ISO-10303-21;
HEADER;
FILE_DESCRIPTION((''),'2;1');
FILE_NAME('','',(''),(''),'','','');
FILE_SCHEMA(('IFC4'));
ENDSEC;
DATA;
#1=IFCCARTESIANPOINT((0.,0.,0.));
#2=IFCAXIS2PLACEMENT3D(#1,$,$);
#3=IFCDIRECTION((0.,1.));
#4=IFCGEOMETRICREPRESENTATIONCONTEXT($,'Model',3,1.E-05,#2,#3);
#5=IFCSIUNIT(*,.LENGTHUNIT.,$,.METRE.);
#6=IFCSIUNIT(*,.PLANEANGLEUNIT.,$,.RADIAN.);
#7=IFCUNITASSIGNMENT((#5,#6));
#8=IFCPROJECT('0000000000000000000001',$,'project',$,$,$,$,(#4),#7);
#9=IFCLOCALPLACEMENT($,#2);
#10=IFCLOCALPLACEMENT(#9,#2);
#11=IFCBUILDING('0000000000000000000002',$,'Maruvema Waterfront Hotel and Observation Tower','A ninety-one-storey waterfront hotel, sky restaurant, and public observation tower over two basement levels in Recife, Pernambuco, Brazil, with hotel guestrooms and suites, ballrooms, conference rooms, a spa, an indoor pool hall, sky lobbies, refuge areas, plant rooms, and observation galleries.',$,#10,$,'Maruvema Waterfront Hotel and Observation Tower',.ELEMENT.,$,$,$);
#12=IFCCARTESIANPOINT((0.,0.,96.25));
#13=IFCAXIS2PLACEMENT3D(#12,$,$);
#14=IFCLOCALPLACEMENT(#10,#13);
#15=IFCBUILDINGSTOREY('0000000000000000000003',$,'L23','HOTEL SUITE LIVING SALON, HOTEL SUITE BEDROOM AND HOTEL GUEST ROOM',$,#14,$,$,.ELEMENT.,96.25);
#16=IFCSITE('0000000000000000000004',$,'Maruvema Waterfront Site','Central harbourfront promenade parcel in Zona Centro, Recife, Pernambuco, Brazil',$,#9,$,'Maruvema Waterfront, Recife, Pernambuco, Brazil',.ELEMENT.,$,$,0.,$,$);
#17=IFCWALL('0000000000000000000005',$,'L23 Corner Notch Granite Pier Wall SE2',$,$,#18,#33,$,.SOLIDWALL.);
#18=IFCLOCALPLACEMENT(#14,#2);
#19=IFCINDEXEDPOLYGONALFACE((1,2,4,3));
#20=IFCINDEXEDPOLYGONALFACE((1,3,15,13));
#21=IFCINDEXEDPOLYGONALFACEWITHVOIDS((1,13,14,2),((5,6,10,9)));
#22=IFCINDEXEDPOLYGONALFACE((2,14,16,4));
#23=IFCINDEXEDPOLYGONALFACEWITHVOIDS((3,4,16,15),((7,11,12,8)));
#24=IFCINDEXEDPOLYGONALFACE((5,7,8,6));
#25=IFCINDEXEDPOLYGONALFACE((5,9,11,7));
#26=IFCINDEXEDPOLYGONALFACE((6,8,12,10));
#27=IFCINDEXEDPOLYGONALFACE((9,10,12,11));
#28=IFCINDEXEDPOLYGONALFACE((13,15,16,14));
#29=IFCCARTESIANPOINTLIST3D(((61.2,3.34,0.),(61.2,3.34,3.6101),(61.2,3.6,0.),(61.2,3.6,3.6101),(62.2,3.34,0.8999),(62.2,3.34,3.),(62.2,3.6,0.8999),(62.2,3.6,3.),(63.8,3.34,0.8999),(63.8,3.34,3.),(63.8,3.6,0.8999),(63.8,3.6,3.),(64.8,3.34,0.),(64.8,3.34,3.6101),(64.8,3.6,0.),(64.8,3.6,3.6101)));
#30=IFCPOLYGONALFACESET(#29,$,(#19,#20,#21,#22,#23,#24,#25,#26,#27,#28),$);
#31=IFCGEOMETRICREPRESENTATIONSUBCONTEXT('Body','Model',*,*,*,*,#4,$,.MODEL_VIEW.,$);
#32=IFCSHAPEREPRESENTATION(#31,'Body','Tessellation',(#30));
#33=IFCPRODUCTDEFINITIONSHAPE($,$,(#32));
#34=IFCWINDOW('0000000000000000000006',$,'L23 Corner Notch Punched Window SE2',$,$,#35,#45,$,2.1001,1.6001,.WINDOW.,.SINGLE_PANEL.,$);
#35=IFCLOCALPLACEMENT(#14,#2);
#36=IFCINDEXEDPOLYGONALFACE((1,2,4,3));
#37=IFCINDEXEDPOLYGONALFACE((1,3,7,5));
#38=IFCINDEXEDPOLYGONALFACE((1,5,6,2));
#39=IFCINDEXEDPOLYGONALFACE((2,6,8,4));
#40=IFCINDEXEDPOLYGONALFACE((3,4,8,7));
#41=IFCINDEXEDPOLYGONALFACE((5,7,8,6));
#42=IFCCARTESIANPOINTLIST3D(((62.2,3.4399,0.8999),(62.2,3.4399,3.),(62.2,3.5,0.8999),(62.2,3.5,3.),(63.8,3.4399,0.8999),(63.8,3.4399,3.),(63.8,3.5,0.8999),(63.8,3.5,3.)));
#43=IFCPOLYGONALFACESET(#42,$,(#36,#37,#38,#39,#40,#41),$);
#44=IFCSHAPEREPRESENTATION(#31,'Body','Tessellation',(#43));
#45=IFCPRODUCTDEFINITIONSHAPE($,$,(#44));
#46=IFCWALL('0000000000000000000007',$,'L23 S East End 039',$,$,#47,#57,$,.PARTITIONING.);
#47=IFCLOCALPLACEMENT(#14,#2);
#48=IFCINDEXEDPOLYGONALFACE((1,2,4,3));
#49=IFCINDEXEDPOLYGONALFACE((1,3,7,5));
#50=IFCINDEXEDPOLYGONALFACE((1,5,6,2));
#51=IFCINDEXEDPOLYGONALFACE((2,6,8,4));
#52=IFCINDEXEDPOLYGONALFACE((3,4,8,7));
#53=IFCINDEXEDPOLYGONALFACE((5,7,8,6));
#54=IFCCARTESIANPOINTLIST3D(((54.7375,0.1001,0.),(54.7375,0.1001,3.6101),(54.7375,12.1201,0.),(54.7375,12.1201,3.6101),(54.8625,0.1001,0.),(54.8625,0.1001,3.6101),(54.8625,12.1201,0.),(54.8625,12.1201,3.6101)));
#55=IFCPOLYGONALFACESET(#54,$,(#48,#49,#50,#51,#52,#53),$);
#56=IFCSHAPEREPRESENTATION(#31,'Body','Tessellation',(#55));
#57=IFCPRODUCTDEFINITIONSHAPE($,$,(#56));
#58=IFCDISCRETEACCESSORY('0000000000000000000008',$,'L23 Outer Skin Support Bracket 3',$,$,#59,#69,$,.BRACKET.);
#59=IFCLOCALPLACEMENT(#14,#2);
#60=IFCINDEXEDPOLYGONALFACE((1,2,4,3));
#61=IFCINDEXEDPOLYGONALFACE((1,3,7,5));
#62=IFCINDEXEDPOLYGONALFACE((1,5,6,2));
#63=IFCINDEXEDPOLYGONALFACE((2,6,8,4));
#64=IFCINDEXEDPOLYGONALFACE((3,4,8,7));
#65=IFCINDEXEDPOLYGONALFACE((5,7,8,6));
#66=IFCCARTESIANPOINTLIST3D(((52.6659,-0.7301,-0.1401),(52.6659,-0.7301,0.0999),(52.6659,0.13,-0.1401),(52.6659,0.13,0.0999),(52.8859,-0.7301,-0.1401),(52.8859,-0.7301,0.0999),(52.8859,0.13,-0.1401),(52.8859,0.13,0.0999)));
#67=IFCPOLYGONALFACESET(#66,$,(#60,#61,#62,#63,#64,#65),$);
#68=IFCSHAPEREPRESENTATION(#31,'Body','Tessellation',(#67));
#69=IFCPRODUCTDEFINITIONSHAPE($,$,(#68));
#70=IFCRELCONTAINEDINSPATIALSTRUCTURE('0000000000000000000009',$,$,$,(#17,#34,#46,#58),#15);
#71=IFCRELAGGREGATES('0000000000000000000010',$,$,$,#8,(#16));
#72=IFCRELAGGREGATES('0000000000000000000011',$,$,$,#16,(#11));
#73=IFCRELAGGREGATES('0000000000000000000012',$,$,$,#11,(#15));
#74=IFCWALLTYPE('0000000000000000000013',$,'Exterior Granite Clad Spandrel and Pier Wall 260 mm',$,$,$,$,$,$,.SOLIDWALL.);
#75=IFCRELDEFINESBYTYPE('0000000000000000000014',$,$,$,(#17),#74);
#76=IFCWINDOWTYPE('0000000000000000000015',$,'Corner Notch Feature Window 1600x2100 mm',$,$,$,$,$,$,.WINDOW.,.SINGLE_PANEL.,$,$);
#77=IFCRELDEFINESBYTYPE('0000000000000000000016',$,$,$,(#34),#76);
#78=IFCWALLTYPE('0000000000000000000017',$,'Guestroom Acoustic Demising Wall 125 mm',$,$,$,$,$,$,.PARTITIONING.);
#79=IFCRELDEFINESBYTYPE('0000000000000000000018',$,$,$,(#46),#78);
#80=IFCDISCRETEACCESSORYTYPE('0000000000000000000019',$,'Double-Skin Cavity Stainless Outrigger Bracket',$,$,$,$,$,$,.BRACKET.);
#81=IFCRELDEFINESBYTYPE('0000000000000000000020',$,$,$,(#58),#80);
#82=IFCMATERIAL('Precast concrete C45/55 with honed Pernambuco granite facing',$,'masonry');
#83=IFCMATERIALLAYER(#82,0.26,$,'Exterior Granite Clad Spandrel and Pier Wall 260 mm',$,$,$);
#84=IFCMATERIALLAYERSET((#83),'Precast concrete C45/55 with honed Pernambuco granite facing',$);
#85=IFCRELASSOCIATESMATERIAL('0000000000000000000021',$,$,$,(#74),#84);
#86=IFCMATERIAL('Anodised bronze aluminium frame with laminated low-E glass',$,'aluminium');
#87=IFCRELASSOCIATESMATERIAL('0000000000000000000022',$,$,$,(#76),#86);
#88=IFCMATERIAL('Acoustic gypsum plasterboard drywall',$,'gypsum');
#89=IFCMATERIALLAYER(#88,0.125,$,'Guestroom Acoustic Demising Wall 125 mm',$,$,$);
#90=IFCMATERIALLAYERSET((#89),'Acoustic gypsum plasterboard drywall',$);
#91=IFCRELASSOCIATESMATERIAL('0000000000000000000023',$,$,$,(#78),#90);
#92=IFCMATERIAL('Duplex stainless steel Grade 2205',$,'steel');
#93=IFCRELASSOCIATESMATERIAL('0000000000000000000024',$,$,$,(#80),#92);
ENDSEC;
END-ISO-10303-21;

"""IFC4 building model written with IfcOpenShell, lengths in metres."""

from ifc_helpers import new_model, si_unit, direction, frame, frame_2d, origin, origin_2d, place, context, subcontext, project, spatial, rectangle, extrude, material, layer, layer_set, type_object, element, fill, save


model = new_model("IFC4")

# Units and contexts
model_context = context("Model", 3, precision=1e-05, world=origin(), true_north=direction((0.0, 1.0)))
body_context = subcontext(model_context, "Body", "Model", "MODEL_VIEW")
ifc_project = project(units=[si_unit("LENGTHUNIT", "METRE"), si_unit("PLANEANGLEUNIT", "RADIAN")], contexts=[model_context])

# Site, building, storey
site_placement = place(None, origin())
site = spatial("IfcSite", under=ifc_project, at=site_placement, Name="Maruvema Waterfront Site", Description="Central harbourfront promenade parcel in Zona Centro, Recife, Pernambuco, Brazil", LongName="Maruvema Waterfront, Recife, Pernambuco, Brazil", CompositionType="ELEMENT", RefElevation=0.0)
building_placement = place(site_placement, origin())
building = spatial("IfcBuilding", under=site, at=building_placement, Name="Maruvema Waterfront Hotel and Observation Tower", Description="A ninety-one-storey waterfront hotel, sky restaurant, and public observation tower over two basement levels in Recife, Pernambuco, Brazil, with hotel guestrooms and suites, ballrooms, conference rooms, a spa, an indoor pool hall, sky lobbies, refuge areas, plant rooms, and observation galleries.", LongName="Maruvema Waterfront Hotel and Observation Tower", CompositionType="ELEMENT")
storey_placement = place(building_placement, frame((0.0, 0.0, 96.25)))
storey = spatial("IfcBuildingStorey", under=building, at=storey_placement, Name="L23", Description="HOTEL SUITE LIVING SALON, HOTEL SUITE BEDROOM AND HOTEL GUEST ROOM", CompositionType="ELEMENT", Elevation=96.25)

# Shared definitions
ifc_material_1 = material(Name="Precast concrete C45/55 with honed Pernambuco granite facing", Category="masonry")
ifc_layer_1 = layer(ifc_material_1, 0.26, Name="Exterior Granite Clad Spandrel and Pier Wall 260 mm")
ifc_layer_set_1 = layer_set([ifc_layer_1], Name="Precast concrete C45/55 with honed Pernambuco granite facing")
wall_type_1 = type_object("IfcWallType", Name="Exterior Granite Clad Spandrel and Pier Wall 260 mm", PredefinedType="SOLIDWALL", material=ifc_layer_set_1)

# Wall, opening, window
wall_1_placement = place(storey_placement, frame((64.8, 3.47, 0.0), z_axis=(0.0, 0.0, 1.0), x_axis=(-1.0, 0.0, 0.0)))
wall_1 = element("IfcWall", 1, at=wall_1_placement, inside=storey, type_object=wall_type_1, Name="L23 Corner Notch Granite Pier Wall SE2", PredefinedType="SOLIDWALL", context=body_context, shape_type="SweptSolid", body=[
    extrude(rectangle(XDim=3.6001, YDim=0.26, at=frame_2d((1.8, 0.0))), origin(), (0.0, 0.0, 1.0), 3.6101),
])
opening_1_placement = place(wall_1_placement, frame((1.0, 0.0, 0.8999)))
opening_1 = element("IfcOpeningElement", 2, at=opening_1_placement, cuts=wall_1, PredefinedType="OPENING", context=body_context, shape_type="SweptSolid", body=[
    extrude(rectangle(XDim=1.6001, YDim=2.1001, at=frame_2d((0.8, 1.05))), frame((0.0, 0.1401, 0.0), z_axis=(0.0, -1.0, 0.0), x_axis=(1.0, 0.0, 0.0)), (0.0, 0.0, 1.0), 0.28),
])
ifc_material_2 = material(Name="Anodised bronze aluminium frame with laminated low-E glass", Category="aluminium")
window_type = type_object("IfcWindowType", Name="Corner Notch Feature Window 1600x2100 mm", PartitioningType="SINGLE_PANEL", PredefinedType="WINDOW", material=ifc_material_2)
window_placement = place(opening_1_placement, origin())
window = element("IfcWindow", 3, at=window_placement, inside=storey, type_object=window_type, Name="L23 Corner Notch Punched Window SE2", OverallHeight=2.1001, OverallWidth=1.6001, PartitioningType="SINGLE_PANEL", PredefinedType="WINDOW", context=body_context, shape_type="SweptSolid", body=[
    extrude(rectangle(XDim=1.6001, YDim=2.1001, at=frame_2d((0.8, 1.05))), frame((0.0, 0.03, 0.0), z_axis=(0.0, -1.0, 0.0), x_axis=(1.0, 0.0, 0.0)), (0.0, 0.0, 1.0), 0.0601),
])
fill(opening_1, window)

# Wall
ifc_material_3 = material(Name="Acoustic gypsum plasterboard drywall", Category="gypsum")
ifc_layer_2 = layer(ifc_material_3, 0.125, Name="Guestroom Acoustic Demising Wall 125 mm")
ifc_layer_set_2 = layer_set([ifc_layer_2], Name="Acoustic gypsum plasterboard drywall")
wall_type_2 = type_object("IfcWallType", Name="Guestroom Acoustic Demising Wall 125 mm", PredefinedType="PARTITIONING", material=ifc_layer_set_2)
wall_2_placement = place(storey_placement, frame((54.8, 0.1001, 0.0), z_axis=(0.0, 0.0, 1.0), x_axis=(0.0, 1.0, 0.0)))
element("IfcWall", 4, at=wall_2_placement, inside=storey, type_object=wall_type_2, Name="L23 S East End 039", PredefinedType="PARTITIONING", context=body_context, shape_type="SweptSolid", body=[
    extrude(rectangle(XDim=12.02, YDim=0.125, at=frame_2d((6.01, 0.0))), origin(), (0.0, 0.0, 1.0), 3.6101),
])

# Discrete accessory
ifc_material_4 = material(Name="Duplex stainless steel Grade 2205", Category="steel")
discrete_accessory_type = type_object("IfcDiscreteAccessoryType", Name="Double-Skin Cavity Stainless Outrigger Bracket", PredefinedType="BRACKET", material=ifc_material_4)
discrete_accessory_placement = place(storey_placement, frame((52.7759, -0.3, -0.1401), z_axis=(0.0, 0.0, 1.0), x_axis=(1.0, 0.0, 0.0)))
element("IfcDiscreteAccessory", 5, at=discrete_accessory_placement, inside=storey, type_object=discrete_accessory_type, Name="L23 Outer Skin Support Bracket 3", PredefinedType="BRACKET", context=body_context, shape_type="SweptSolid", body=[
    extrude(rectangle(XDim=0.22, YDim=0.8601, at=origin_2d()), origin(), (0.0, 0.0, 1.0), 0.24),
])

save(model, "model.ifc")
